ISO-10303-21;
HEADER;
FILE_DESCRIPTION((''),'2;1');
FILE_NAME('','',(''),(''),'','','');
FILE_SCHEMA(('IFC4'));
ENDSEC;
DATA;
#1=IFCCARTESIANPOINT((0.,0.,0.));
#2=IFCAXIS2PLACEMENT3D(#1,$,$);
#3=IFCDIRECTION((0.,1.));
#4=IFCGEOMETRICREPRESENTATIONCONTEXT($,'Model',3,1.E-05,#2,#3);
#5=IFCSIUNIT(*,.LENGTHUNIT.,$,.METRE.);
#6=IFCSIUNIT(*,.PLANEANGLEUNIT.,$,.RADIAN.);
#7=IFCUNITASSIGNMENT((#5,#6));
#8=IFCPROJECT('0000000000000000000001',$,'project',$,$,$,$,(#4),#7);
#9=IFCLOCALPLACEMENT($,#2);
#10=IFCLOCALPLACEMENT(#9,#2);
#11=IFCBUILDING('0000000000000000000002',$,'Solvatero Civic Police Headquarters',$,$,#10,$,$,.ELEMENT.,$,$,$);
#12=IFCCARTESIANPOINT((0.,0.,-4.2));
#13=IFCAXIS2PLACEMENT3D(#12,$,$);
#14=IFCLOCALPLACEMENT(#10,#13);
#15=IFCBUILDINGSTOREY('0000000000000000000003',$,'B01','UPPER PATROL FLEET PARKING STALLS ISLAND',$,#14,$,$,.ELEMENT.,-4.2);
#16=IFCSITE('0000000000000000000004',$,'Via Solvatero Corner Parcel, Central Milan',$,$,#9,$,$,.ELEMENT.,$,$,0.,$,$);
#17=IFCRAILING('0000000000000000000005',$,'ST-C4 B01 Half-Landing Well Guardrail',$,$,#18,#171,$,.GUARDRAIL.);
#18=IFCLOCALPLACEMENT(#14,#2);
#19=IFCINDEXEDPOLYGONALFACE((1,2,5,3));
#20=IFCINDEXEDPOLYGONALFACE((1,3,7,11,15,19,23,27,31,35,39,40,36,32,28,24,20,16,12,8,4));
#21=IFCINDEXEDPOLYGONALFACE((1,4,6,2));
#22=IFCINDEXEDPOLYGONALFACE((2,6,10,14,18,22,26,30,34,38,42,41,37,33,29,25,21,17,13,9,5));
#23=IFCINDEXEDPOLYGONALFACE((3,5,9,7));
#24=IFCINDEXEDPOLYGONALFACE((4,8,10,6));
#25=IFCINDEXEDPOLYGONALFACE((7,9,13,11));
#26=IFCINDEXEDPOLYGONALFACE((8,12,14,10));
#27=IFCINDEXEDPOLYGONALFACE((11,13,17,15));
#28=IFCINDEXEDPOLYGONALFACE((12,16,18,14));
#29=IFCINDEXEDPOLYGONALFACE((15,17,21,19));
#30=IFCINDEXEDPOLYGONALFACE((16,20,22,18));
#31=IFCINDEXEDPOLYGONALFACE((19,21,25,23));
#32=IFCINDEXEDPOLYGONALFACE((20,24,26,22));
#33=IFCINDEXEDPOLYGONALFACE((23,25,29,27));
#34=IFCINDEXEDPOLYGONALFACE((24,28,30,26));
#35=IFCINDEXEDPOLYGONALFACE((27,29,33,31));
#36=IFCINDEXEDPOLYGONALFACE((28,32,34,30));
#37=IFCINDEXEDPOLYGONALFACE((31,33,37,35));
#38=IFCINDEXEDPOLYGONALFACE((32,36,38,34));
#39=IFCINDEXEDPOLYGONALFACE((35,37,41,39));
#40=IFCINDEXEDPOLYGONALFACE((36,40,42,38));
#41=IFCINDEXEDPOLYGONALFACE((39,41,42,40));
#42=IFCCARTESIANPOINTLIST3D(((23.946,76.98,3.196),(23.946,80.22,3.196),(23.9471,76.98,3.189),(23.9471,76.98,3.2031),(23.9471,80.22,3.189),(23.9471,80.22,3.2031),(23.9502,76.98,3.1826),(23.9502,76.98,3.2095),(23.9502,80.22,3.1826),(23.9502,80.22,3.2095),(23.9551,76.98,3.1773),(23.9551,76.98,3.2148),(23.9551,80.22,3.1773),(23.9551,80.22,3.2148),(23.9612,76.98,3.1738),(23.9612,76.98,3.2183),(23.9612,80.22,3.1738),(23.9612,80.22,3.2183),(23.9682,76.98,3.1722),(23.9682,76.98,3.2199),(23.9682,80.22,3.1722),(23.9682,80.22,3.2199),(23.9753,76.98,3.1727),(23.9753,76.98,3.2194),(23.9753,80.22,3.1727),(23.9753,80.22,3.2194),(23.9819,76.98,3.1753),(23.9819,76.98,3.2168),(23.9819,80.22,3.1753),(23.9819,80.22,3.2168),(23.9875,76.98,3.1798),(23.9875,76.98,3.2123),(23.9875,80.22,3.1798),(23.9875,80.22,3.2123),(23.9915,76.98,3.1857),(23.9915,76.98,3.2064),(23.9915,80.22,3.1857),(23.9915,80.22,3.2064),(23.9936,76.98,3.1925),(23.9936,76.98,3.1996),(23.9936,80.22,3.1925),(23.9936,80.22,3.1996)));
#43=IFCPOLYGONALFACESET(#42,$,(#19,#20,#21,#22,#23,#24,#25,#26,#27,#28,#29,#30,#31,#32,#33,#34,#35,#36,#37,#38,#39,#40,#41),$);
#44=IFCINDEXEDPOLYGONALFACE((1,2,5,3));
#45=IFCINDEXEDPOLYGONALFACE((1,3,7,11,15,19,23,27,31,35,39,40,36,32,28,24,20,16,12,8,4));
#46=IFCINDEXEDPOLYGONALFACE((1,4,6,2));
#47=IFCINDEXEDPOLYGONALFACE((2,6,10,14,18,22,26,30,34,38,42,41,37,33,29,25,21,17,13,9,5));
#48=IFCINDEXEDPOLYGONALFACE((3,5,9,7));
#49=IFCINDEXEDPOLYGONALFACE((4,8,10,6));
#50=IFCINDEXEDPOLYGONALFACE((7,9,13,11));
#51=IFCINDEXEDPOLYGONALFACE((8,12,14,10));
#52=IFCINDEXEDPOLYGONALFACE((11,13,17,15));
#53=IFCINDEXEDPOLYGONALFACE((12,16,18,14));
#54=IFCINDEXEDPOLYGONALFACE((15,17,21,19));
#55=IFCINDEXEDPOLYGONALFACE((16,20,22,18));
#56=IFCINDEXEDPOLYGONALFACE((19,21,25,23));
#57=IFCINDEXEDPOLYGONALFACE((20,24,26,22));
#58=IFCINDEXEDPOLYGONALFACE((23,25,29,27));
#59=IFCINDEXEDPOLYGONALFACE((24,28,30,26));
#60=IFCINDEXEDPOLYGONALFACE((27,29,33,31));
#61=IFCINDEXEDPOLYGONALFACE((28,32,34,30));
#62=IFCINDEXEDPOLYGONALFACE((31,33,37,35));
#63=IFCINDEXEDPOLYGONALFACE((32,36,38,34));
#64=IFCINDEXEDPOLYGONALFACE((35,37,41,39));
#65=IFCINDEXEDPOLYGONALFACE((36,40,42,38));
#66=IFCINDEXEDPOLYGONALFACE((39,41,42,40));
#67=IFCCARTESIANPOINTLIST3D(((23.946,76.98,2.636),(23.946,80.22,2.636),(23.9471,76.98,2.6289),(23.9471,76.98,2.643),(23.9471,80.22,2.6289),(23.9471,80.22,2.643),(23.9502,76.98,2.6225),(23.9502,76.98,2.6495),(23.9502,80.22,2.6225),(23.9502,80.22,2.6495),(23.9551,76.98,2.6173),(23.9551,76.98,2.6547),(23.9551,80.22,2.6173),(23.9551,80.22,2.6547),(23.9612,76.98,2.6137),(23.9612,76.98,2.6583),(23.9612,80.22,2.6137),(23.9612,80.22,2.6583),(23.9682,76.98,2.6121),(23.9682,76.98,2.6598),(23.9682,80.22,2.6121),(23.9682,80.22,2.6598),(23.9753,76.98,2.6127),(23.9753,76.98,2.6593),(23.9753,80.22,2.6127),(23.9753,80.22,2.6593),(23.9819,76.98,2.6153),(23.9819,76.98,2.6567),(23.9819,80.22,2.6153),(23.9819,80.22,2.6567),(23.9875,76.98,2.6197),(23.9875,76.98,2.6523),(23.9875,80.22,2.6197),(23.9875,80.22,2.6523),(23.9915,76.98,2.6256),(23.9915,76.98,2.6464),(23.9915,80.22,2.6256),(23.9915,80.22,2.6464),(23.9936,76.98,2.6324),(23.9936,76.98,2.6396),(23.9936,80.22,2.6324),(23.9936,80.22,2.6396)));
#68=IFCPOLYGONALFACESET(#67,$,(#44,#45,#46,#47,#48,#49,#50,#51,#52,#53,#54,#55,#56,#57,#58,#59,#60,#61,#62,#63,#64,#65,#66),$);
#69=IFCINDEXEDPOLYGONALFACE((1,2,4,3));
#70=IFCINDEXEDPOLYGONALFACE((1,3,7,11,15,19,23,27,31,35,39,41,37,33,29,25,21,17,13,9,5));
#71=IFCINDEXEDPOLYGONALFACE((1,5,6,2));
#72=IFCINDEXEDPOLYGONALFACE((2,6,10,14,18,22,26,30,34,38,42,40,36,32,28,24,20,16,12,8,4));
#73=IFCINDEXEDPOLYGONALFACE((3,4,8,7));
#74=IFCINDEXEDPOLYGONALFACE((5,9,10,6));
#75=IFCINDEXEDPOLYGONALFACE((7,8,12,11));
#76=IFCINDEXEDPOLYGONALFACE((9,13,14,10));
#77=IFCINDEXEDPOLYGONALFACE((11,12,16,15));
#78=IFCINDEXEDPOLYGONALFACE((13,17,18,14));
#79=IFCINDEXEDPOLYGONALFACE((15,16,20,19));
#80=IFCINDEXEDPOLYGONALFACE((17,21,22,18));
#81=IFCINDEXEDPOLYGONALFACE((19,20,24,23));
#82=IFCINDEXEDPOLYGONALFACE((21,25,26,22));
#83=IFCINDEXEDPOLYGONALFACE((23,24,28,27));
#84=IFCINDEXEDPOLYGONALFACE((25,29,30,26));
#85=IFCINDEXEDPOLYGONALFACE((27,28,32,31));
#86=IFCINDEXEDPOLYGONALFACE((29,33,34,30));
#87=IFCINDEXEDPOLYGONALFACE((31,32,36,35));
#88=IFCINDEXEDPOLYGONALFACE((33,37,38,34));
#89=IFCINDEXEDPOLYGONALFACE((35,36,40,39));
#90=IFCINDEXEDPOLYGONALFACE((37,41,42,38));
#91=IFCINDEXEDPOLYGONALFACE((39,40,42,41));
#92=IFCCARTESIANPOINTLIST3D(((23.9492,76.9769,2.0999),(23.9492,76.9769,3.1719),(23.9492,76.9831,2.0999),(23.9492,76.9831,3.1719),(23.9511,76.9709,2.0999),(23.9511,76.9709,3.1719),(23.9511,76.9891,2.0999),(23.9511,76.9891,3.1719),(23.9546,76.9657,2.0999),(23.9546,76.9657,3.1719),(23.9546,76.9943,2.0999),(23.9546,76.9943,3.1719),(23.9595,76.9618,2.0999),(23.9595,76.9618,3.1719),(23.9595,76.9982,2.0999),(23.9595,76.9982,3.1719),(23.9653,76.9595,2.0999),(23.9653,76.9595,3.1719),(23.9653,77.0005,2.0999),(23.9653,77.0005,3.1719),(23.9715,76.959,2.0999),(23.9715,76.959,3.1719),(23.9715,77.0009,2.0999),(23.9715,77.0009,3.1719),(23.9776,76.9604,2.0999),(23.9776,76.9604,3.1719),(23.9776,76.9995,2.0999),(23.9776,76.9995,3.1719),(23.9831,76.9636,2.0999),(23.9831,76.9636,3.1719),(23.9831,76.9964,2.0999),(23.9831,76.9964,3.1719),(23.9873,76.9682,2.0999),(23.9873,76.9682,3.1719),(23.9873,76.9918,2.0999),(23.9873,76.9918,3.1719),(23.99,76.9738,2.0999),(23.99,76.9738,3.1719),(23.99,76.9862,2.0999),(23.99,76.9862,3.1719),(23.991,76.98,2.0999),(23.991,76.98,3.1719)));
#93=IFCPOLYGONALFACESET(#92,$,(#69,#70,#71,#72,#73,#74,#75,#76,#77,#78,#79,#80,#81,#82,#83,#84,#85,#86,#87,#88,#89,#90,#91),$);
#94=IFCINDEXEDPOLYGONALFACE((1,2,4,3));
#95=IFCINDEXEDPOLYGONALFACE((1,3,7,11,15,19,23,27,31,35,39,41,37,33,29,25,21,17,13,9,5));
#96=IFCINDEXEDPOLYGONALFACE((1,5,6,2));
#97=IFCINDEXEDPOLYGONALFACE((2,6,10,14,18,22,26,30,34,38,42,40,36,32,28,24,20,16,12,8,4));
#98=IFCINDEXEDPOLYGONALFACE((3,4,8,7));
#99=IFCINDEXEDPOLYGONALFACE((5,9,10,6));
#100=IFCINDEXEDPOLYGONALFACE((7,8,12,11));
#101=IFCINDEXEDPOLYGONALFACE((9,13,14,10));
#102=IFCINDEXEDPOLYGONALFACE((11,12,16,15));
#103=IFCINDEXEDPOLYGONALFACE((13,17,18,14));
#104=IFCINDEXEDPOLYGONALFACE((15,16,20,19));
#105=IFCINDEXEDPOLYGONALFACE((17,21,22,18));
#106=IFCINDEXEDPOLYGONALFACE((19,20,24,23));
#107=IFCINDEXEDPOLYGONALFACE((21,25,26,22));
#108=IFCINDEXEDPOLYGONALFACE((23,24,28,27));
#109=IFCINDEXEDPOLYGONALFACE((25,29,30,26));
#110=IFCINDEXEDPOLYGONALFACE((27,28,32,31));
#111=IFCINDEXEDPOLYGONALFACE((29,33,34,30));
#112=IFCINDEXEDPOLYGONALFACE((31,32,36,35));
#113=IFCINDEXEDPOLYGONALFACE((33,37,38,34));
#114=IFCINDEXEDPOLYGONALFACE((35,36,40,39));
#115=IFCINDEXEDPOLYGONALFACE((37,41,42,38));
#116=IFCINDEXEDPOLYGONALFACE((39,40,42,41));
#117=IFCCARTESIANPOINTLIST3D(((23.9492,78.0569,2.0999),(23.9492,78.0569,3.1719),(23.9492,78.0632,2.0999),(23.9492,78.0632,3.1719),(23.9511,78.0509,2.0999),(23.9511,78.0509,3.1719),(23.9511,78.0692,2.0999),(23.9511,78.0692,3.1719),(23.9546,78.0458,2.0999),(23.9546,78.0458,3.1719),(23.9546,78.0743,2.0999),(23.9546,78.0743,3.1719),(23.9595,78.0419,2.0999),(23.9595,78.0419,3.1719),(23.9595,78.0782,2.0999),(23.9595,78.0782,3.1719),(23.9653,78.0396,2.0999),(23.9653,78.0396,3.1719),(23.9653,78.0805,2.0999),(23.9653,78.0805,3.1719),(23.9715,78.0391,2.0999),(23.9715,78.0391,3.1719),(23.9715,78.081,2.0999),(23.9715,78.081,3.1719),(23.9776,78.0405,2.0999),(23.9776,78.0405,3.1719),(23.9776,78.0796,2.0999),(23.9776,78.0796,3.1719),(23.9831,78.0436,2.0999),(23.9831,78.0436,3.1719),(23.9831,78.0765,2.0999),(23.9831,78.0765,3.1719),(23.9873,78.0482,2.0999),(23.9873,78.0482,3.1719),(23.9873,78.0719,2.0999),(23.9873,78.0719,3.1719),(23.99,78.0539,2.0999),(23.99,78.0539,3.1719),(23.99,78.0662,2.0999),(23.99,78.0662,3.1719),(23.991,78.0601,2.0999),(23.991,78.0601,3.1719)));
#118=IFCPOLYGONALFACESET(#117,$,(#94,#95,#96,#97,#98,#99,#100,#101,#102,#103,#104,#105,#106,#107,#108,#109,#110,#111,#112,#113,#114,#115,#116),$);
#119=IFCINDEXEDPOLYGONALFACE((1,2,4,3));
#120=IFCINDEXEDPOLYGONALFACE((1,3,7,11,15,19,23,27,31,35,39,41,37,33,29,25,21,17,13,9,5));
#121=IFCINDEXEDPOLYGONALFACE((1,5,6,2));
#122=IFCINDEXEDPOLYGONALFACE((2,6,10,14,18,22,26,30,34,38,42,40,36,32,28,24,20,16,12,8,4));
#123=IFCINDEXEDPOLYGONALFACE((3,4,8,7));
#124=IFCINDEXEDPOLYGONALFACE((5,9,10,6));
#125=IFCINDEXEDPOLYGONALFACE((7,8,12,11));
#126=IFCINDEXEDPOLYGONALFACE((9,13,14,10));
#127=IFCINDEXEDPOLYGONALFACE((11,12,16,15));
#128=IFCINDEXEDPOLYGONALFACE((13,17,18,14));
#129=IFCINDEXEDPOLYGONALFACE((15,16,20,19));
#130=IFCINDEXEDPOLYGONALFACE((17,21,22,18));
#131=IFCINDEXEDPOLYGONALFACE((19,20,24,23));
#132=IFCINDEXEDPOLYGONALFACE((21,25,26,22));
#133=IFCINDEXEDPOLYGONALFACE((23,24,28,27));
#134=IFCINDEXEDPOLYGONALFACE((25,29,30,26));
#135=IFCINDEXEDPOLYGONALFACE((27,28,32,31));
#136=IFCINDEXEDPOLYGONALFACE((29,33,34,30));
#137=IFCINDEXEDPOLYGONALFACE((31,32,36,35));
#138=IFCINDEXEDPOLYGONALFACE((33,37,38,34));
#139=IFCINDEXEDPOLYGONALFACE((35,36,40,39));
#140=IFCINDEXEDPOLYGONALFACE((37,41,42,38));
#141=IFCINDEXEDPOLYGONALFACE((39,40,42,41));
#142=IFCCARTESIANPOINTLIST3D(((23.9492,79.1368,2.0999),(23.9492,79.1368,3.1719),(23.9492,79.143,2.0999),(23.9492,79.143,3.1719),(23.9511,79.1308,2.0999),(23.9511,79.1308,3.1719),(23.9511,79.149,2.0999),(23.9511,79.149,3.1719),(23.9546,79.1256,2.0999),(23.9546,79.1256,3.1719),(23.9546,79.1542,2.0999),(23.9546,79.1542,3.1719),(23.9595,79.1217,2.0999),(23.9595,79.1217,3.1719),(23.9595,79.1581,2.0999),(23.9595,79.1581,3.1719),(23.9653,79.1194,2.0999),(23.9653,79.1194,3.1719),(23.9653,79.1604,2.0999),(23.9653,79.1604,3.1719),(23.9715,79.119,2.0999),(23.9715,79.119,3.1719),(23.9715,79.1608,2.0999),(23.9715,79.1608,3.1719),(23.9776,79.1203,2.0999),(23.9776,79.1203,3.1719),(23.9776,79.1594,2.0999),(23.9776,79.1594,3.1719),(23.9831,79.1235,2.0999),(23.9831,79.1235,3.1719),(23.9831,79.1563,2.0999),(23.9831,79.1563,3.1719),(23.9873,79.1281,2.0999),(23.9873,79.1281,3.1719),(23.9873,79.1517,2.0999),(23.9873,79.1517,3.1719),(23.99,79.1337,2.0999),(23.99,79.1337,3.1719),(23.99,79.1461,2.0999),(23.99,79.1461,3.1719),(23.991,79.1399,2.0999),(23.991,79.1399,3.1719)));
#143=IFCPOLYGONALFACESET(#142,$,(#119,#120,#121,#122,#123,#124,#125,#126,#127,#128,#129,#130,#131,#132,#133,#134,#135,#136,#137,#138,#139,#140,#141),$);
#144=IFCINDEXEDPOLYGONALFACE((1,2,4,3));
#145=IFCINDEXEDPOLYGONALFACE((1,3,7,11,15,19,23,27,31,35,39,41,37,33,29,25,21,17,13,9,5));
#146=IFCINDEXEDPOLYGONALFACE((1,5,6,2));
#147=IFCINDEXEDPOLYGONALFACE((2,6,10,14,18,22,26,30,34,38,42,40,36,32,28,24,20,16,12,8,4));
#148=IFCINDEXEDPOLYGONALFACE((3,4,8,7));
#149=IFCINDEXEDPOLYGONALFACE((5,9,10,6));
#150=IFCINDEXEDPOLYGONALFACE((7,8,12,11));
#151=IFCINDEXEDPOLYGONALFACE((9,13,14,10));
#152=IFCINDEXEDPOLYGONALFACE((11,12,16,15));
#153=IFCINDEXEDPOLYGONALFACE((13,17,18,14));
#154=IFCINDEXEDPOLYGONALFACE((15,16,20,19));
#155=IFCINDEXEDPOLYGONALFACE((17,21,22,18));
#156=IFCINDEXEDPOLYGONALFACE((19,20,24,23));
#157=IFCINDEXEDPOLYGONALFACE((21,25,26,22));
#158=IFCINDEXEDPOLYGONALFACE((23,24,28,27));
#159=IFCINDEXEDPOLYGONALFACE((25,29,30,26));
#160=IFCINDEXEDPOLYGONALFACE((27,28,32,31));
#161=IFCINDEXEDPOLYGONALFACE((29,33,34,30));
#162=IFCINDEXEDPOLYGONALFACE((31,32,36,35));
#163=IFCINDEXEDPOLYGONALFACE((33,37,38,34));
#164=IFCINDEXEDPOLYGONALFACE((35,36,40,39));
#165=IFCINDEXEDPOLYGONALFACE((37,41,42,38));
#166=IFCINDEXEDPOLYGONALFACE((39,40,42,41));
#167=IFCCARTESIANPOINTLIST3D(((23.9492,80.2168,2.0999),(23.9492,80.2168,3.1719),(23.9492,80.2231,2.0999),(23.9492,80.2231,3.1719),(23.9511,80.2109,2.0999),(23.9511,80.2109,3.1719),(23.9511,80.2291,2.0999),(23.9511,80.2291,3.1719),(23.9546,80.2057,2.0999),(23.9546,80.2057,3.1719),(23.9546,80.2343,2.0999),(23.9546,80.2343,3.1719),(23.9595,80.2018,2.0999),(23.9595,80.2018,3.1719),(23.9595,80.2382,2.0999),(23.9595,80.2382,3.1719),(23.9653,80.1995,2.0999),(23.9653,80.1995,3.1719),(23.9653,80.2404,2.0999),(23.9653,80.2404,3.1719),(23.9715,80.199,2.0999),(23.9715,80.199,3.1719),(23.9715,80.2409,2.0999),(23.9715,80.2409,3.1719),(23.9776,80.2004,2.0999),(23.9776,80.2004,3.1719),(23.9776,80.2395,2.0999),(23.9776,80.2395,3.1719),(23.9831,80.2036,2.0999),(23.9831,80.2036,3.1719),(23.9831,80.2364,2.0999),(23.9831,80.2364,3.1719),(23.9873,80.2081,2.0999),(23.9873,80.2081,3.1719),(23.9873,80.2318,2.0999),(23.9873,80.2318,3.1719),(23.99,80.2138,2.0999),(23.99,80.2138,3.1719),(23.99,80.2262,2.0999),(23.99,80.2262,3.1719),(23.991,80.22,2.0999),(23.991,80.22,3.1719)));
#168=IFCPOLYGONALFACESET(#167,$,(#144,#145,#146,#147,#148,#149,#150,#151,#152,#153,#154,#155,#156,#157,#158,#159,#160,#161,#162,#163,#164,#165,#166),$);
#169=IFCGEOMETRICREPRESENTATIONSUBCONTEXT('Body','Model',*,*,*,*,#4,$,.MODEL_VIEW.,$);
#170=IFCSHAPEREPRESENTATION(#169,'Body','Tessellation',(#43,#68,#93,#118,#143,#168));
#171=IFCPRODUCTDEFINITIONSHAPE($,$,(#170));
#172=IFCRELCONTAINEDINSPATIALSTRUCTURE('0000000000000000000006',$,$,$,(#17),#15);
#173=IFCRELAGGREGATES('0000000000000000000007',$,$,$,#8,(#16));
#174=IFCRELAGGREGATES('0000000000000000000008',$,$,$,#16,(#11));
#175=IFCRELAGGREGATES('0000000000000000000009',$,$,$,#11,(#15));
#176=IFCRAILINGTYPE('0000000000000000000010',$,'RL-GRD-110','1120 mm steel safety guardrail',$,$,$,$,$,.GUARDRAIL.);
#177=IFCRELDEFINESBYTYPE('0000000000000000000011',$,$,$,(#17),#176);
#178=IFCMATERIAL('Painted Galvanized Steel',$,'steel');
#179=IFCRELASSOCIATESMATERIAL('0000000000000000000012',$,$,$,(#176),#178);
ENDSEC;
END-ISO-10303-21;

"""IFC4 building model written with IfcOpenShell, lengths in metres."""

from ifc_helpers import new_model, si_unit, direction, frame, origin, origin_2d, place, context, subcontext, project, spatial, circle, extrude, material, type_object, element, save


model = new_model("IFC4")

# Units and contexts
model_context = context("Model", 3, precision=1e-05, world=origin(), true_north=direction((0.0, 1.0)))
body_context = subcontext(model_context, "Body", "Model", "MODEL_VIEW")
ifc_project = project(units=[si_unit("LENGTHUNIT", "METRE"), si_unit("PLANEANGLEUNIT", "RADIAN")], contexts=[model_context])

# Site, building, storey
site_placement = place(None, origin())
site = spatial("IfcSite", under=ifc_project, at=site_placement, Name="Via Solvatero Corner Parcel, Central Milan", CompositionType="ELEMENT", RefElevation=0.0)
building_placement = place(site_placement, origin())
building = spatial("IfcBuilding", under=site, at=building_placement, Name="Solvatero Civic Police Headquarters", CompositionType="ELEMENT")
storey_placement = place(building_placement, frame((0.0, 0.0, -4.2)))
storey = spatial("IfcBuildingStorey", under=building, at=storey_placement, Name="B01", Description="UPPER PATROL FLEET PARKING STALLS ISLAND", CompositionType="ELEMENT", Elevation=-4.2)

# Railing
ifc_material_1 = material(Name="Painted Galvanized Steel", Category="steel")
railing_type_1 = type_object("IfcRailingType", Name="RL-GRD-110", Description="1120 mm steel safety guardrail", PredefinedType="GUARDRAIL", material=ifc_material_1)
railing_1_placement = place(storey_placement, frame((23.97, 76.98, 2.0999)))
element("IfcRailing", 1, at=railing_1_placement, inside=storey, type_object=railing_type_1, Name="ST-C4 B01 Half-Landing Well Guardrail", PredefinedType="GUARDRAIL", context=body_context, shape_type="SweptSolid", body=[
    extrude(circle(Radius=0.0239, at=origin_2d()), frame((0.0, 0.0, 1.0962), z_axis=(0.0, 1.0, 0.0), x_axis=(-1.0, 0.0, 0.0)), (0.0, 0.0, 1.0), 3.24),
    extrude(circle(Radius=0.0239, at=origin_2d()), frame((0.0, 0.0, 0.5361), z_axis=(0.0, 1.0, 0.0), x_axis=(-1.0, 0.0, 0.0)), (0.0, 0.0, 1.0), 3.24),
    extrude(circle(Radius=0.021, at=origin_2d()), origin(), (0.0, 0.0, 1.0), 1.072),
    extrude(circle(Radius=0.021, at=origin_2d()), frame((0.0, 1.0801, 0.0)), (0.0, 0.0, 1.0), 1.072),
    extrude(circle(Radius=0.021, at=origin_2d()), frame((0.0, 2.1599, 0.0)), (0.0, 0.0, 1.0), 1.072),
    extrude(circle(Radius=0.021, at=origin_2d()), frame((0.0, 3.24, 0.0)), (0.0, 0.0, 1.0), 1.072),
])

save(model, "model.ifc")
